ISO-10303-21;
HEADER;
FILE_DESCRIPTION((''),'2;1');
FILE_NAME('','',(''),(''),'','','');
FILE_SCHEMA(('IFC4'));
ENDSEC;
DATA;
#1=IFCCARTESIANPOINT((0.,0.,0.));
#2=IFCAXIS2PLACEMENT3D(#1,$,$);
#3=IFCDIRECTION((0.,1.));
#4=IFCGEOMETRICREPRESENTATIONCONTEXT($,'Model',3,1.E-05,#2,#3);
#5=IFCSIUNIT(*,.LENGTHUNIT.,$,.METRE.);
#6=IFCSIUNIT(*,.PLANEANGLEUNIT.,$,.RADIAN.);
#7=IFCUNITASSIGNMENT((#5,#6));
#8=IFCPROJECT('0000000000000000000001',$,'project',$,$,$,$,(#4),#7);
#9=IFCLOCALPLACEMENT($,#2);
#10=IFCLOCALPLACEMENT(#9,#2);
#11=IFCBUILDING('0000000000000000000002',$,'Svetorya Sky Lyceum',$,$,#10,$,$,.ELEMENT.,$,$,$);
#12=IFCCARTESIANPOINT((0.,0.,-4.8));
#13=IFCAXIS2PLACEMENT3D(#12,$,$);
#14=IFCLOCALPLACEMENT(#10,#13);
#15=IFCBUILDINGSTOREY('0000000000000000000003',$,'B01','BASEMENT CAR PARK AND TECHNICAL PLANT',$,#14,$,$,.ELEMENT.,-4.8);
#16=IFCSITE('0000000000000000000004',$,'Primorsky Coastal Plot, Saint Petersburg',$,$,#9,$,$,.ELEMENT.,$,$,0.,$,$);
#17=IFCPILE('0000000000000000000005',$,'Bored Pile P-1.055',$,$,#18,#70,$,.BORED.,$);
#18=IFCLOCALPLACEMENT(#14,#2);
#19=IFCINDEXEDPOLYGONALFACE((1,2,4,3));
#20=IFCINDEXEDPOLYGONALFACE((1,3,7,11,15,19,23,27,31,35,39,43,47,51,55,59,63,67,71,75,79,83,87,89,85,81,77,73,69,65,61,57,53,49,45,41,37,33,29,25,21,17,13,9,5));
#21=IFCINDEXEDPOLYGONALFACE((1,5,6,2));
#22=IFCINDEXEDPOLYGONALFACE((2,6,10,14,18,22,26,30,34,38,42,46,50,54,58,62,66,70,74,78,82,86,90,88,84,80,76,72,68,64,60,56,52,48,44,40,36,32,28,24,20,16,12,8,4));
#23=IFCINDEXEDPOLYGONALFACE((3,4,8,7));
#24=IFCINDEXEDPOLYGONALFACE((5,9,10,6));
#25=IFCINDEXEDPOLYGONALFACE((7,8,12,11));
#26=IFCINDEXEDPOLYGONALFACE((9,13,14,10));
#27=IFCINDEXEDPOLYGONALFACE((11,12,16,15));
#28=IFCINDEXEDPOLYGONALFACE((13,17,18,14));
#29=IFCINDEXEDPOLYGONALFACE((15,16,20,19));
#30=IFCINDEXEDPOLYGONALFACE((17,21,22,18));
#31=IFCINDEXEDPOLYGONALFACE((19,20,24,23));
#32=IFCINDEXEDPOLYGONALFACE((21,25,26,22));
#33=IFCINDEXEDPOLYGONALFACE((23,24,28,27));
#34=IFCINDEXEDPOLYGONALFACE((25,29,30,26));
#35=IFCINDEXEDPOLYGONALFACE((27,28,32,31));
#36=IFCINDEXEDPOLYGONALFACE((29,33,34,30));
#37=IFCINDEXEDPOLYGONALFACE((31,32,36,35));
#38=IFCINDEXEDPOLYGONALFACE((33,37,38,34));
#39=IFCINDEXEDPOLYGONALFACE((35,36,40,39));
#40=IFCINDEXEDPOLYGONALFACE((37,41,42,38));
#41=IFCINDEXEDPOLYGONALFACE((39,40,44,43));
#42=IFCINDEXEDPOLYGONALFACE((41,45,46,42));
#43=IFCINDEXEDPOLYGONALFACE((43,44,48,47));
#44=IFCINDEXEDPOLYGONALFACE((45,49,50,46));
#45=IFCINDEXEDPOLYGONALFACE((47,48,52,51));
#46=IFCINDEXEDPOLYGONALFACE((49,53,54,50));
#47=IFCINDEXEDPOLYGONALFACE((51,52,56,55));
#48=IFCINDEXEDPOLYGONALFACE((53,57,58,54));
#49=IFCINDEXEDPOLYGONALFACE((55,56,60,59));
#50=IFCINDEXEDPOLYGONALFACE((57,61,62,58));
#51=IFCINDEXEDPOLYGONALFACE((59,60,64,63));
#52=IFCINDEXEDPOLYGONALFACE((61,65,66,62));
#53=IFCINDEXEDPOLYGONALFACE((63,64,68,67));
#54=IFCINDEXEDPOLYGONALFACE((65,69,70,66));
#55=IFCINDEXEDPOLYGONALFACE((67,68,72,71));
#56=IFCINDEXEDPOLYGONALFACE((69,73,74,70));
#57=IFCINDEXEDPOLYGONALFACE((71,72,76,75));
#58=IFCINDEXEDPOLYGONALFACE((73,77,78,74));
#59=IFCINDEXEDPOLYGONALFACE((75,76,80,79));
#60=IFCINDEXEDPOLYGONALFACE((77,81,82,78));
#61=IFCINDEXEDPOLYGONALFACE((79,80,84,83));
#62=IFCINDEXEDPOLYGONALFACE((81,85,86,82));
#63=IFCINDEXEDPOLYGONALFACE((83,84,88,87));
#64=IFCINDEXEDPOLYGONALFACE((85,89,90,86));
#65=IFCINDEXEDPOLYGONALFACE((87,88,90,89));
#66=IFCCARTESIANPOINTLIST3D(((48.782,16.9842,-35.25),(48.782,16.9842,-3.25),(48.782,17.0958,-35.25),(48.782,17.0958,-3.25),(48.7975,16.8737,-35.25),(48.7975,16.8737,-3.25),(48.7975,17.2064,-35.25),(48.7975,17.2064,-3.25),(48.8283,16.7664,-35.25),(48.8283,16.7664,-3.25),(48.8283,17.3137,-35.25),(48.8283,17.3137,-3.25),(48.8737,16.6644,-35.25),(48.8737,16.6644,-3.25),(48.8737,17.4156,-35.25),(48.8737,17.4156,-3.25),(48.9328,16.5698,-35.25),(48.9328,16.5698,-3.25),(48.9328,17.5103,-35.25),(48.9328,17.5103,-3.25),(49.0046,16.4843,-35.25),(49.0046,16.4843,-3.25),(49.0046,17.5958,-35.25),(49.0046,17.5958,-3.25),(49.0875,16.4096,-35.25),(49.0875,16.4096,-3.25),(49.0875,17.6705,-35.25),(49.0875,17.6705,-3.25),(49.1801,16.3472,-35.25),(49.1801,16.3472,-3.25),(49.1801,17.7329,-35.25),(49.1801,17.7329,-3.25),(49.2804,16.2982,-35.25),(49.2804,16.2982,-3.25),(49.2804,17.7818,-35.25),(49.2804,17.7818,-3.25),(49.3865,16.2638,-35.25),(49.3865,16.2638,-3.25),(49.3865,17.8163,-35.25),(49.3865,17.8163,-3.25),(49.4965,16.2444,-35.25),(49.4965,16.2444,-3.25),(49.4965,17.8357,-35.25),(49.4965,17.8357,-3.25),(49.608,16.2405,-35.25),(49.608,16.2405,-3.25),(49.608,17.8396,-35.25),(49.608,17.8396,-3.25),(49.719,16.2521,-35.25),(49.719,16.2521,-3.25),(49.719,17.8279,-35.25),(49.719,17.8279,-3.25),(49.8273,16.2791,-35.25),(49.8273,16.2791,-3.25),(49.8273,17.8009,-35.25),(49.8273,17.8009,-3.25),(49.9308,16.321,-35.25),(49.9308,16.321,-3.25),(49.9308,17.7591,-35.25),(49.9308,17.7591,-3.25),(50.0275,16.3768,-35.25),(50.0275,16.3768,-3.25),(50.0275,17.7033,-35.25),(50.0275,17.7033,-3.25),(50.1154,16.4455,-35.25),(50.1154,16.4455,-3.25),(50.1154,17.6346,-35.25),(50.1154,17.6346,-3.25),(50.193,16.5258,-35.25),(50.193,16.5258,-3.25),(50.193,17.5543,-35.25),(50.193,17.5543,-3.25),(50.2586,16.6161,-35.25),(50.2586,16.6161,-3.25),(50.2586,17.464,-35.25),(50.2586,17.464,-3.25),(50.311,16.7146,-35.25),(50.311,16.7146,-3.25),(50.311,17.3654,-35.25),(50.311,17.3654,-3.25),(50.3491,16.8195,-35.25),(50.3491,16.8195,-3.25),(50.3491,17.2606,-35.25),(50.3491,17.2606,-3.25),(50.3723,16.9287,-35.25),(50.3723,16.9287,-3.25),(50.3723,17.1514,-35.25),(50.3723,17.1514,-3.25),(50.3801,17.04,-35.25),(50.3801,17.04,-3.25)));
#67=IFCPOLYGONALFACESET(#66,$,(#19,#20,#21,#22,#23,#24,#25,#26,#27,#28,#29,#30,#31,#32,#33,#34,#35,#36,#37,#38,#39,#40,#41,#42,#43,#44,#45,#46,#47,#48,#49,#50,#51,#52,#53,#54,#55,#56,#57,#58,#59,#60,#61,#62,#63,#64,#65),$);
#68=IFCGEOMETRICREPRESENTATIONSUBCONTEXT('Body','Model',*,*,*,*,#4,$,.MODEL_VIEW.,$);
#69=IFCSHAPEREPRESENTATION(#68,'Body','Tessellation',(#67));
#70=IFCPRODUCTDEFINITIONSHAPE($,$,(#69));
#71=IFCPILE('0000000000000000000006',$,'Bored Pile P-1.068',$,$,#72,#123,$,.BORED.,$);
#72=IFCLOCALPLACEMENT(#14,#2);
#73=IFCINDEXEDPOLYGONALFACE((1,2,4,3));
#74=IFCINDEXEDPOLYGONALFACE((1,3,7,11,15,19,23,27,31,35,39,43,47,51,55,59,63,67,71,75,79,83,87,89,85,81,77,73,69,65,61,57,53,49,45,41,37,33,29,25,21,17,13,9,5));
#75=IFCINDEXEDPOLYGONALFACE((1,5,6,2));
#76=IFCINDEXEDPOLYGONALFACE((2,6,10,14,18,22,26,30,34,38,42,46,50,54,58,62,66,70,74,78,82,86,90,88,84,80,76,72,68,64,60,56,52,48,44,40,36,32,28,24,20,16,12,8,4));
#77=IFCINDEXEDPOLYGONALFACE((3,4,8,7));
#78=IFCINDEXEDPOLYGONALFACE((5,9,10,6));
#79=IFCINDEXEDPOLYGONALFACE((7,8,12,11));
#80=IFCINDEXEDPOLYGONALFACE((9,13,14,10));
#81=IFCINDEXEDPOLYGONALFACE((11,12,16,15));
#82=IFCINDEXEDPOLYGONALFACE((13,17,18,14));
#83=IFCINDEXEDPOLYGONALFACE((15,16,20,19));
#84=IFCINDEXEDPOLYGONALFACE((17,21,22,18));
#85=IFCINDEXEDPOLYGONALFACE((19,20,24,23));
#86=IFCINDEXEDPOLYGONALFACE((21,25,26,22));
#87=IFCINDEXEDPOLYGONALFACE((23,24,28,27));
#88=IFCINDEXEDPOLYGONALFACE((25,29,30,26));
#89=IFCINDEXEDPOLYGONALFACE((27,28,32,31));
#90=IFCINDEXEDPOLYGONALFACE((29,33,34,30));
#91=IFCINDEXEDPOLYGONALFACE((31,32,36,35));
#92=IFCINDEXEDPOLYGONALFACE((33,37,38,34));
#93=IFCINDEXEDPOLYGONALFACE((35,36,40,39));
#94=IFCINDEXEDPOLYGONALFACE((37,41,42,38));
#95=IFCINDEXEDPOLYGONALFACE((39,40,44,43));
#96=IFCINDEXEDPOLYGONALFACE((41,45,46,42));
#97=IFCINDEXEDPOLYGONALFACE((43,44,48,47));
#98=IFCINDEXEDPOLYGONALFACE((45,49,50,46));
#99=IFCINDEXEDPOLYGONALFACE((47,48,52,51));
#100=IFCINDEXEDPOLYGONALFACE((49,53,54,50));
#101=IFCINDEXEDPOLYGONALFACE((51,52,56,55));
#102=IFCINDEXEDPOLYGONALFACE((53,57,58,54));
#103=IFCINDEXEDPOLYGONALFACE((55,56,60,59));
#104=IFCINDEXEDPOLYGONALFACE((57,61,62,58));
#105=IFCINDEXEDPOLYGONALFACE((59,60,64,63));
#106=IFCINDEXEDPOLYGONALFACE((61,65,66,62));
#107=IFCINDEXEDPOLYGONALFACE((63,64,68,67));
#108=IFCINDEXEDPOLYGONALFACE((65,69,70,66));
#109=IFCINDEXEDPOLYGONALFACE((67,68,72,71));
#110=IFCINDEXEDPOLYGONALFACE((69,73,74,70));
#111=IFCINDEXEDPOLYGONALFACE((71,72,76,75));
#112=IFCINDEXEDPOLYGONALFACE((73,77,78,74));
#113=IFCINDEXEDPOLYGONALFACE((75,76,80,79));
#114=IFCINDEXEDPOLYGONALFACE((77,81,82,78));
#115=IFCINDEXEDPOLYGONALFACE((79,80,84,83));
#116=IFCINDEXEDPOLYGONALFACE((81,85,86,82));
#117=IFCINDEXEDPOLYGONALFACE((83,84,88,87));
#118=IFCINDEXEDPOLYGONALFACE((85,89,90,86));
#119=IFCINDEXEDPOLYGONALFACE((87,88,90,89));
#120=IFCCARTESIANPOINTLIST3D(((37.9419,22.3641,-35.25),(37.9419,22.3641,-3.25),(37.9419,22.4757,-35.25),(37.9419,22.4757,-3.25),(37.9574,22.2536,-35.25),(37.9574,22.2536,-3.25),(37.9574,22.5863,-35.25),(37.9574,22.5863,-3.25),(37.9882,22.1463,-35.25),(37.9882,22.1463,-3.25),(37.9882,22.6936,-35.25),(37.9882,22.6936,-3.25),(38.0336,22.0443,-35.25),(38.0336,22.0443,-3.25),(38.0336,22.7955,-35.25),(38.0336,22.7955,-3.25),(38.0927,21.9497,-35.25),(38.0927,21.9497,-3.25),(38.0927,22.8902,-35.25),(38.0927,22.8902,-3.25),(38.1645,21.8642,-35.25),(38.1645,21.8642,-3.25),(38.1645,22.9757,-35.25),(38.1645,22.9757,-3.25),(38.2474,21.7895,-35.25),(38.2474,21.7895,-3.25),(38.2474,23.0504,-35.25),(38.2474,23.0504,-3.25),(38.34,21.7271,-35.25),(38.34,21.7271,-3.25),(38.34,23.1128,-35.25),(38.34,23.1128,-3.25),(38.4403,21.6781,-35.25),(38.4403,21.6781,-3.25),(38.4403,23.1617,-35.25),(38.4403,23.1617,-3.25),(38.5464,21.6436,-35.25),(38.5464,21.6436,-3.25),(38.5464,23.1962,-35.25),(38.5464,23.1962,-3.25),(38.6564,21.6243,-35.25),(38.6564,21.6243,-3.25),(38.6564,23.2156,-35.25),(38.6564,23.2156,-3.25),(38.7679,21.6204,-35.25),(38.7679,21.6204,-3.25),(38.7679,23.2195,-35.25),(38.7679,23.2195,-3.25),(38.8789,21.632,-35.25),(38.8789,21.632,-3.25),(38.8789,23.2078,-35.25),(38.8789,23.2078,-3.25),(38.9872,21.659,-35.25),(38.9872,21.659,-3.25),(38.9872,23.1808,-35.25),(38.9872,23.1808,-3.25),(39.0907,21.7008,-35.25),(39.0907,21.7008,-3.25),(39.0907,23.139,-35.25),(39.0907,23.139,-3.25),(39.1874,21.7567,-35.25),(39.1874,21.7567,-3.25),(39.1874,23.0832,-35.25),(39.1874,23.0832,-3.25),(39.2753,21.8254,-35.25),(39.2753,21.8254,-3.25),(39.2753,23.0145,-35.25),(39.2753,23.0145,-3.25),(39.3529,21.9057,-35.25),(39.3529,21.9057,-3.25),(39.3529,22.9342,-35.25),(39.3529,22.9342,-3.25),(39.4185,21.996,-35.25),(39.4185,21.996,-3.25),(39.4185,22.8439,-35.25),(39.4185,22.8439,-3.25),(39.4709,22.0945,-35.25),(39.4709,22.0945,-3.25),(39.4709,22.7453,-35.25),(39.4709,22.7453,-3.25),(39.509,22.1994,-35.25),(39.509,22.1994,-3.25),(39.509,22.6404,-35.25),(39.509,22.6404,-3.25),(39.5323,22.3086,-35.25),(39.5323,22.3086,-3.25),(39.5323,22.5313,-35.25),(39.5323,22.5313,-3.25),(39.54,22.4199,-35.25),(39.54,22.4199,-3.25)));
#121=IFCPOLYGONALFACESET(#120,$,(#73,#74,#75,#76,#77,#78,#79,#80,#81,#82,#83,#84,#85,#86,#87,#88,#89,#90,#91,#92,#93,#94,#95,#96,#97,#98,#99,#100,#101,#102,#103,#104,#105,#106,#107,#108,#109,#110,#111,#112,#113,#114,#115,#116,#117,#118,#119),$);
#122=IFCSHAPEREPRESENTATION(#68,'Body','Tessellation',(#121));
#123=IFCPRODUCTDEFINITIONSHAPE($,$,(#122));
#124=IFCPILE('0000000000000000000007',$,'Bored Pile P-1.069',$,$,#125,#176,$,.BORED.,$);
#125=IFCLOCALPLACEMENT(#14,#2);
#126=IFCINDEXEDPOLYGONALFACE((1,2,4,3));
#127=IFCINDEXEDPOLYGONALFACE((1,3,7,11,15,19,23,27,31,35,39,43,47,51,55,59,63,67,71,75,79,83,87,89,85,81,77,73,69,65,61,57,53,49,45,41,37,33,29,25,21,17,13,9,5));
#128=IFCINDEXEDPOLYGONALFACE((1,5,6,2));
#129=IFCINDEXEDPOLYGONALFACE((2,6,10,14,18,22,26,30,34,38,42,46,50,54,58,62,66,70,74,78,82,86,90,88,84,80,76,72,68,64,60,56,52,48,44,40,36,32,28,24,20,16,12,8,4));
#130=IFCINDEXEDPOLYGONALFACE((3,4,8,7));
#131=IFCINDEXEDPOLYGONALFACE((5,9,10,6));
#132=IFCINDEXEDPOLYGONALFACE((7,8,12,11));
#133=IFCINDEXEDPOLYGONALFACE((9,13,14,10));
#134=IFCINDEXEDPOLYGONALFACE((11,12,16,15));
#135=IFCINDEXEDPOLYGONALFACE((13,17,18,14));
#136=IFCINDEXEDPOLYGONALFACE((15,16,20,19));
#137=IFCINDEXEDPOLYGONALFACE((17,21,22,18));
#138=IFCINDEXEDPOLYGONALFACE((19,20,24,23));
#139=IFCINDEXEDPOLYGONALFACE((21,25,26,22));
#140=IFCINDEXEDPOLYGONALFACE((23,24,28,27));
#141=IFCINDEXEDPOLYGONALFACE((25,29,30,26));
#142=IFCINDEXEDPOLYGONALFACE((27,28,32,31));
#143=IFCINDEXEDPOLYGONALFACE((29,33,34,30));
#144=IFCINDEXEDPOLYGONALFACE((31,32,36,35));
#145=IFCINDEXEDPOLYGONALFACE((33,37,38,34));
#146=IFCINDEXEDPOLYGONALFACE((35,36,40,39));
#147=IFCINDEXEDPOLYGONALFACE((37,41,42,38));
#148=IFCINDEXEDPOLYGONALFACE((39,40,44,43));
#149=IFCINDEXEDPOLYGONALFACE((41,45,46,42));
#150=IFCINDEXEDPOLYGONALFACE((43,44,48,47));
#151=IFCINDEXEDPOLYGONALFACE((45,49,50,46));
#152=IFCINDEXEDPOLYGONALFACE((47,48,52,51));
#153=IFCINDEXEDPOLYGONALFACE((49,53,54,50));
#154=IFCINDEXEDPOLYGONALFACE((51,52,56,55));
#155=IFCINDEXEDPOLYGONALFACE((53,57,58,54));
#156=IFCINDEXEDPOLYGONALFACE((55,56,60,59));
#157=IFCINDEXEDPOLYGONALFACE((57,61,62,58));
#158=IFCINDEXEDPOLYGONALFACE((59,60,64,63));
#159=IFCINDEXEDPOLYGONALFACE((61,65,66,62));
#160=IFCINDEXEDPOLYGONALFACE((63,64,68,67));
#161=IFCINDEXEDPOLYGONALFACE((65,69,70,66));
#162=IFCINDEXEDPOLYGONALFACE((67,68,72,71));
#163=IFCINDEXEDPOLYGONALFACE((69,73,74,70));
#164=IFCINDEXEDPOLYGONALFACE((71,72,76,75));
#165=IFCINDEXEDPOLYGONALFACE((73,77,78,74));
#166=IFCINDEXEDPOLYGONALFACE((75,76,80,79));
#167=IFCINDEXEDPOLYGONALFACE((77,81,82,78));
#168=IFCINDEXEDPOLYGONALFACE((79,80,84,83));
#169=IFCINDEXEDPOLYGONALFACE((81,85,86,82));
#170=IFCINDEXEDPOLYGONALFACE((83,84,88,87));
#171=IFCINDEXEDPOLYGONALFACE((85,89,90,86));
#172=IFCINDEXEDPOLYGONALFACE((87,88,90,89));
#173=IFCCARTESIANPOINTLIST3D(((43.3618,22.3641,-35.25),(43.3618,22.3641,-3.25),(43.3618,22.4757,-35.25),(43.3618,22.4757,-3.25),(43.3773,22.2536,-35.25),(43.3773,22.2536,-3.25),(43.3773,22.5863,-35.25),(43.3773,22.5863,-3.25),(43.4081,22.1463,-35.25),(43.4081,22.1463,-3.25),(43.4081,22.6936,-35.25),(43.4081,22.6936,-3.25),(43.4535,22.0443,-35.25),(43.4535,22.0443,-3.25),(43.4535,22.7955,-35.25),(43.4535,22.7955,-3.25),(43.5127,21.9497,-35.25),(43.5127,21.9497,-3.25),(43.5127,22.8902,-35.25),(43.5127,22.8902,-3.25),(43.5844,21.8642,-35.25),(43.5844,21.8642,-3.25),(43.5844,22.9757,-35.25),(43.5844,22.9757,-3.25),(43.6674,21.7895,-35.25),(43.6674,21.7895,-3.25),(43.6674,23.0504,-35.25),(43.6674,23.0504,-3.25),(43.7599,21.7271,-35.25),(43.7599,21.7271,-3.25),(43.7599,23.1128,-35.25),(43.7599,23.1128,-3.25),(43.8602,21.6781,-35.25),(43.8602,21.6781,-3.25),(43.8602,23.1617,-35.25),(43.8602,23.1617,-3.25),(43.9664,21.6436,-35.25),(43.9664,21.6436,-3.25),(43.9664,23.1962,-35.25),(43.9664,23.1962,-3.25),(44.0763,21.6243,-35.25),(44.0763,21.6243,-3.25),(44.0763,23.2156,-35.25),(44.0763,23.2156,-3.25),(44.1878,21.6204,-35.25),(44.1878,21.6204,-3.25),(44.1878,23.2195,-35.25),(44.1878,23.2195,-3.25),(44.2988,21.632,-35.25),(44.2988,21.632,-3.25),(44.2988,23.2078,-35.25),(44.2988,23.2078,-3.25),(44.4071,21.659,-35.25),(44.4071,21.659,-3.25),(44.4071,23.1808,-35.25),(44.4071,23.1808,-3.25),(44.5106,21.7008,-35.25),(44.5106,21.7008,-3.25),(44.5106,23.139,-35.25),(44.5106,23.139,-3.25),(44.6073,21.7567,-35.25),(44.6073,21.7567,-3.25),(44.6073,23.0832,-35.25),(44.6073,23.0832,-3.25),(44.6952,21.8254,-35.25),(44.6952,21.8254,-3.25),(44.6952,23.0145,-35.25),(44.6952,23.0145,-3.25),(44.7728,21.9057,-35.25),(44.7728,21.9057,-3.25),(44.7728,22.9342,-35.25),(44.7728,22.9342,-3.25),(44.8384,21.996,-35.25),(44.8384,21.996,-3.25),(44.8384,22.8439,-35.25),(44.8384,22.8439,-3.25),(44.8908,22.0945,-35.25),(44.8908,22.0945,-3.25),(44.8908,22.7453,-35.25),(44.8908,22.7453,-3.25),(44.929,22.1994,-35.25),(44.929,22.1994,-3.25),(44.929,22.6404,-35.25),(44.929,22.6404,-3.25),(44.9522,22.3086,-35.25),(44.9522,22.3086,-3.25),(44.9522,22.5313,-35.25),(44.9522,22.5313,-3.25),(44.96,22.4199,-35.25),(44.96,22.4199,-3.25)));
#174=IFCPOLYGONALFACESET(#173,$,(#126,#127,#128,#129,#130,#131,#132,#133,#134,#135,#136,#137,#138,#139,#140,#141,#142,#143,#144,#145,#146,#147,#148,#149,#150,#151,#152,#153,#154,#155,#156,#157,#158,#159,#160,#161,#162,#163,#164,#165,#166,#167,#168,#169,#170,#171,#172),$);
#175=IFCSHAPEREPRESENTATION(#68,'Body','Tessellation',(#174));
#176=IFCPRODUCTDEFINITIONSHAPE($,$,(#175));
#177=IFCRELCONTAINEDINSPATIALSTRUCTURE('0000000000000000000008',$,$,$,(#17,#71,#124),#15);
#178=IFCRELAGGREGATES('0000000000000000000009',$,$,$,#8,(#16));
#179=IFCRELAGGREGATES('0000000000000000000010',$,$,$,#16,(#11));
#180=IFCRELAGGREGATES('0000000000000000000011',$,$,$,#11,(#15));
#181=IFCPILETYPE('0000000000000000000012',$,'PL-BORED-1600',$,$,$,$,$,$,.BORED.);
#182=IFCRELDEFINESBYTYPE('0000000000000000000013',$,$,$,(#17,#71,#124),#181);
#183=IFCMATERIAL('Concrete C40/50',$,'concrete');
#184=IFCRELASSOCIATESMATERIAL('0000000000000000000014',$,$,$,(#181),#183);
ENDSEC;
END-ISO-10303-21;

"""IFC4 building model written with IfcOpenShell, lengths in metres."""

from ifc_helpers import new_model, si_unit, direction, frame, origin, origin_2d, place, context, subcontext, project, spatial, circle, extrude, material, material_profile, profile_set, type_object, element, save


model = new_model("IFC4")

# Units and contexts
model_context = context("Model", 3, precision=1e-05, world=origin(), true_north=direction((0.0, 1.0)))
body_context = subcontext(model_context, "Body", "Model", "MODEL_VIEW")
ifc_project = project(units=[si_unit("LENGTHUNIT", "METRE"), si_unit("PLANEANGLEUNIT", "RADIAN")], contexts=[model_context])

# Site, building, storey
site_placement = place(None, origin())
site = spatial("IfcSite", under=ifc_project, at=site_placement, Name="Primorsky Coastal Plot, Saint Petersburg", CompositionType="ELEMENT", RefElevation=0.0)
building_placement = place(site_placement, origin())
building = spatial("IfcBuilding", under=site, at=building_placement, Name="Svetorya Sky Lyceum", CompositionType="ELEMENT")
storey_placement = place(building_placement, frame((0.0, 0.0, -4.8)))
storey = spatial("IfcBuildingStorey", under=building, at=storey_placement, Name="B01", Description="BASEMENT CAR PARK AND TECHNICAL PLANT", CompositionType="ELEMENT", Elevation=-4.8)

# Piles
ifc_material_1 = material(Name="Concrete C40/50", Category="concrete")
ifc_material_profile_1 = material_profile(ifc_material_1, circle(Radius=0.8, at=origin_2d()), Name="RC PILE D1600")
ifc_profile_set_1 = profile_set([ifc_material_profile_1], Name="Concrete C40/50")
pile_type = type_object("IfcPileType", Name="PL-BORED-1600", PredefinedType="BORED", material=ifc_profile_set_1)
for number, where, z_axis, x_axis, name in (
    (1, (49.5801, 17.04, -3.25), (0.0, 0.0, -1.0), (1.0, 0.0, 0.0), "Bored Pile P-1.055"),
    (2, (38.74, 22.4199, -3.25), (0.0, 0.0, -1.0), (1.0, 0.0, 0.0), "Bored Pile P-1.068"),
    (3, (44.1599, 22.4199, -3.25), (0.0, 0.0, -1.0), (1.0, 0.0, 0.0), "Bored Pile P-1.069"),
):
    element("IfcPile", number, at=place(storey_placement, frame(where, z_axis=z_axis, x_axis=x_axis)), inside=storey, type_object=pile_type, Name=name, PredefinedType="BORED", context=body_context, shape_type="SweptSolid", body=[
        extrude(circle(Radius=0.8, at=origin_2d()), origin(), (0.0, 0.0, 1.0), 32.0),
    ])

save(model, "model.ifc")
